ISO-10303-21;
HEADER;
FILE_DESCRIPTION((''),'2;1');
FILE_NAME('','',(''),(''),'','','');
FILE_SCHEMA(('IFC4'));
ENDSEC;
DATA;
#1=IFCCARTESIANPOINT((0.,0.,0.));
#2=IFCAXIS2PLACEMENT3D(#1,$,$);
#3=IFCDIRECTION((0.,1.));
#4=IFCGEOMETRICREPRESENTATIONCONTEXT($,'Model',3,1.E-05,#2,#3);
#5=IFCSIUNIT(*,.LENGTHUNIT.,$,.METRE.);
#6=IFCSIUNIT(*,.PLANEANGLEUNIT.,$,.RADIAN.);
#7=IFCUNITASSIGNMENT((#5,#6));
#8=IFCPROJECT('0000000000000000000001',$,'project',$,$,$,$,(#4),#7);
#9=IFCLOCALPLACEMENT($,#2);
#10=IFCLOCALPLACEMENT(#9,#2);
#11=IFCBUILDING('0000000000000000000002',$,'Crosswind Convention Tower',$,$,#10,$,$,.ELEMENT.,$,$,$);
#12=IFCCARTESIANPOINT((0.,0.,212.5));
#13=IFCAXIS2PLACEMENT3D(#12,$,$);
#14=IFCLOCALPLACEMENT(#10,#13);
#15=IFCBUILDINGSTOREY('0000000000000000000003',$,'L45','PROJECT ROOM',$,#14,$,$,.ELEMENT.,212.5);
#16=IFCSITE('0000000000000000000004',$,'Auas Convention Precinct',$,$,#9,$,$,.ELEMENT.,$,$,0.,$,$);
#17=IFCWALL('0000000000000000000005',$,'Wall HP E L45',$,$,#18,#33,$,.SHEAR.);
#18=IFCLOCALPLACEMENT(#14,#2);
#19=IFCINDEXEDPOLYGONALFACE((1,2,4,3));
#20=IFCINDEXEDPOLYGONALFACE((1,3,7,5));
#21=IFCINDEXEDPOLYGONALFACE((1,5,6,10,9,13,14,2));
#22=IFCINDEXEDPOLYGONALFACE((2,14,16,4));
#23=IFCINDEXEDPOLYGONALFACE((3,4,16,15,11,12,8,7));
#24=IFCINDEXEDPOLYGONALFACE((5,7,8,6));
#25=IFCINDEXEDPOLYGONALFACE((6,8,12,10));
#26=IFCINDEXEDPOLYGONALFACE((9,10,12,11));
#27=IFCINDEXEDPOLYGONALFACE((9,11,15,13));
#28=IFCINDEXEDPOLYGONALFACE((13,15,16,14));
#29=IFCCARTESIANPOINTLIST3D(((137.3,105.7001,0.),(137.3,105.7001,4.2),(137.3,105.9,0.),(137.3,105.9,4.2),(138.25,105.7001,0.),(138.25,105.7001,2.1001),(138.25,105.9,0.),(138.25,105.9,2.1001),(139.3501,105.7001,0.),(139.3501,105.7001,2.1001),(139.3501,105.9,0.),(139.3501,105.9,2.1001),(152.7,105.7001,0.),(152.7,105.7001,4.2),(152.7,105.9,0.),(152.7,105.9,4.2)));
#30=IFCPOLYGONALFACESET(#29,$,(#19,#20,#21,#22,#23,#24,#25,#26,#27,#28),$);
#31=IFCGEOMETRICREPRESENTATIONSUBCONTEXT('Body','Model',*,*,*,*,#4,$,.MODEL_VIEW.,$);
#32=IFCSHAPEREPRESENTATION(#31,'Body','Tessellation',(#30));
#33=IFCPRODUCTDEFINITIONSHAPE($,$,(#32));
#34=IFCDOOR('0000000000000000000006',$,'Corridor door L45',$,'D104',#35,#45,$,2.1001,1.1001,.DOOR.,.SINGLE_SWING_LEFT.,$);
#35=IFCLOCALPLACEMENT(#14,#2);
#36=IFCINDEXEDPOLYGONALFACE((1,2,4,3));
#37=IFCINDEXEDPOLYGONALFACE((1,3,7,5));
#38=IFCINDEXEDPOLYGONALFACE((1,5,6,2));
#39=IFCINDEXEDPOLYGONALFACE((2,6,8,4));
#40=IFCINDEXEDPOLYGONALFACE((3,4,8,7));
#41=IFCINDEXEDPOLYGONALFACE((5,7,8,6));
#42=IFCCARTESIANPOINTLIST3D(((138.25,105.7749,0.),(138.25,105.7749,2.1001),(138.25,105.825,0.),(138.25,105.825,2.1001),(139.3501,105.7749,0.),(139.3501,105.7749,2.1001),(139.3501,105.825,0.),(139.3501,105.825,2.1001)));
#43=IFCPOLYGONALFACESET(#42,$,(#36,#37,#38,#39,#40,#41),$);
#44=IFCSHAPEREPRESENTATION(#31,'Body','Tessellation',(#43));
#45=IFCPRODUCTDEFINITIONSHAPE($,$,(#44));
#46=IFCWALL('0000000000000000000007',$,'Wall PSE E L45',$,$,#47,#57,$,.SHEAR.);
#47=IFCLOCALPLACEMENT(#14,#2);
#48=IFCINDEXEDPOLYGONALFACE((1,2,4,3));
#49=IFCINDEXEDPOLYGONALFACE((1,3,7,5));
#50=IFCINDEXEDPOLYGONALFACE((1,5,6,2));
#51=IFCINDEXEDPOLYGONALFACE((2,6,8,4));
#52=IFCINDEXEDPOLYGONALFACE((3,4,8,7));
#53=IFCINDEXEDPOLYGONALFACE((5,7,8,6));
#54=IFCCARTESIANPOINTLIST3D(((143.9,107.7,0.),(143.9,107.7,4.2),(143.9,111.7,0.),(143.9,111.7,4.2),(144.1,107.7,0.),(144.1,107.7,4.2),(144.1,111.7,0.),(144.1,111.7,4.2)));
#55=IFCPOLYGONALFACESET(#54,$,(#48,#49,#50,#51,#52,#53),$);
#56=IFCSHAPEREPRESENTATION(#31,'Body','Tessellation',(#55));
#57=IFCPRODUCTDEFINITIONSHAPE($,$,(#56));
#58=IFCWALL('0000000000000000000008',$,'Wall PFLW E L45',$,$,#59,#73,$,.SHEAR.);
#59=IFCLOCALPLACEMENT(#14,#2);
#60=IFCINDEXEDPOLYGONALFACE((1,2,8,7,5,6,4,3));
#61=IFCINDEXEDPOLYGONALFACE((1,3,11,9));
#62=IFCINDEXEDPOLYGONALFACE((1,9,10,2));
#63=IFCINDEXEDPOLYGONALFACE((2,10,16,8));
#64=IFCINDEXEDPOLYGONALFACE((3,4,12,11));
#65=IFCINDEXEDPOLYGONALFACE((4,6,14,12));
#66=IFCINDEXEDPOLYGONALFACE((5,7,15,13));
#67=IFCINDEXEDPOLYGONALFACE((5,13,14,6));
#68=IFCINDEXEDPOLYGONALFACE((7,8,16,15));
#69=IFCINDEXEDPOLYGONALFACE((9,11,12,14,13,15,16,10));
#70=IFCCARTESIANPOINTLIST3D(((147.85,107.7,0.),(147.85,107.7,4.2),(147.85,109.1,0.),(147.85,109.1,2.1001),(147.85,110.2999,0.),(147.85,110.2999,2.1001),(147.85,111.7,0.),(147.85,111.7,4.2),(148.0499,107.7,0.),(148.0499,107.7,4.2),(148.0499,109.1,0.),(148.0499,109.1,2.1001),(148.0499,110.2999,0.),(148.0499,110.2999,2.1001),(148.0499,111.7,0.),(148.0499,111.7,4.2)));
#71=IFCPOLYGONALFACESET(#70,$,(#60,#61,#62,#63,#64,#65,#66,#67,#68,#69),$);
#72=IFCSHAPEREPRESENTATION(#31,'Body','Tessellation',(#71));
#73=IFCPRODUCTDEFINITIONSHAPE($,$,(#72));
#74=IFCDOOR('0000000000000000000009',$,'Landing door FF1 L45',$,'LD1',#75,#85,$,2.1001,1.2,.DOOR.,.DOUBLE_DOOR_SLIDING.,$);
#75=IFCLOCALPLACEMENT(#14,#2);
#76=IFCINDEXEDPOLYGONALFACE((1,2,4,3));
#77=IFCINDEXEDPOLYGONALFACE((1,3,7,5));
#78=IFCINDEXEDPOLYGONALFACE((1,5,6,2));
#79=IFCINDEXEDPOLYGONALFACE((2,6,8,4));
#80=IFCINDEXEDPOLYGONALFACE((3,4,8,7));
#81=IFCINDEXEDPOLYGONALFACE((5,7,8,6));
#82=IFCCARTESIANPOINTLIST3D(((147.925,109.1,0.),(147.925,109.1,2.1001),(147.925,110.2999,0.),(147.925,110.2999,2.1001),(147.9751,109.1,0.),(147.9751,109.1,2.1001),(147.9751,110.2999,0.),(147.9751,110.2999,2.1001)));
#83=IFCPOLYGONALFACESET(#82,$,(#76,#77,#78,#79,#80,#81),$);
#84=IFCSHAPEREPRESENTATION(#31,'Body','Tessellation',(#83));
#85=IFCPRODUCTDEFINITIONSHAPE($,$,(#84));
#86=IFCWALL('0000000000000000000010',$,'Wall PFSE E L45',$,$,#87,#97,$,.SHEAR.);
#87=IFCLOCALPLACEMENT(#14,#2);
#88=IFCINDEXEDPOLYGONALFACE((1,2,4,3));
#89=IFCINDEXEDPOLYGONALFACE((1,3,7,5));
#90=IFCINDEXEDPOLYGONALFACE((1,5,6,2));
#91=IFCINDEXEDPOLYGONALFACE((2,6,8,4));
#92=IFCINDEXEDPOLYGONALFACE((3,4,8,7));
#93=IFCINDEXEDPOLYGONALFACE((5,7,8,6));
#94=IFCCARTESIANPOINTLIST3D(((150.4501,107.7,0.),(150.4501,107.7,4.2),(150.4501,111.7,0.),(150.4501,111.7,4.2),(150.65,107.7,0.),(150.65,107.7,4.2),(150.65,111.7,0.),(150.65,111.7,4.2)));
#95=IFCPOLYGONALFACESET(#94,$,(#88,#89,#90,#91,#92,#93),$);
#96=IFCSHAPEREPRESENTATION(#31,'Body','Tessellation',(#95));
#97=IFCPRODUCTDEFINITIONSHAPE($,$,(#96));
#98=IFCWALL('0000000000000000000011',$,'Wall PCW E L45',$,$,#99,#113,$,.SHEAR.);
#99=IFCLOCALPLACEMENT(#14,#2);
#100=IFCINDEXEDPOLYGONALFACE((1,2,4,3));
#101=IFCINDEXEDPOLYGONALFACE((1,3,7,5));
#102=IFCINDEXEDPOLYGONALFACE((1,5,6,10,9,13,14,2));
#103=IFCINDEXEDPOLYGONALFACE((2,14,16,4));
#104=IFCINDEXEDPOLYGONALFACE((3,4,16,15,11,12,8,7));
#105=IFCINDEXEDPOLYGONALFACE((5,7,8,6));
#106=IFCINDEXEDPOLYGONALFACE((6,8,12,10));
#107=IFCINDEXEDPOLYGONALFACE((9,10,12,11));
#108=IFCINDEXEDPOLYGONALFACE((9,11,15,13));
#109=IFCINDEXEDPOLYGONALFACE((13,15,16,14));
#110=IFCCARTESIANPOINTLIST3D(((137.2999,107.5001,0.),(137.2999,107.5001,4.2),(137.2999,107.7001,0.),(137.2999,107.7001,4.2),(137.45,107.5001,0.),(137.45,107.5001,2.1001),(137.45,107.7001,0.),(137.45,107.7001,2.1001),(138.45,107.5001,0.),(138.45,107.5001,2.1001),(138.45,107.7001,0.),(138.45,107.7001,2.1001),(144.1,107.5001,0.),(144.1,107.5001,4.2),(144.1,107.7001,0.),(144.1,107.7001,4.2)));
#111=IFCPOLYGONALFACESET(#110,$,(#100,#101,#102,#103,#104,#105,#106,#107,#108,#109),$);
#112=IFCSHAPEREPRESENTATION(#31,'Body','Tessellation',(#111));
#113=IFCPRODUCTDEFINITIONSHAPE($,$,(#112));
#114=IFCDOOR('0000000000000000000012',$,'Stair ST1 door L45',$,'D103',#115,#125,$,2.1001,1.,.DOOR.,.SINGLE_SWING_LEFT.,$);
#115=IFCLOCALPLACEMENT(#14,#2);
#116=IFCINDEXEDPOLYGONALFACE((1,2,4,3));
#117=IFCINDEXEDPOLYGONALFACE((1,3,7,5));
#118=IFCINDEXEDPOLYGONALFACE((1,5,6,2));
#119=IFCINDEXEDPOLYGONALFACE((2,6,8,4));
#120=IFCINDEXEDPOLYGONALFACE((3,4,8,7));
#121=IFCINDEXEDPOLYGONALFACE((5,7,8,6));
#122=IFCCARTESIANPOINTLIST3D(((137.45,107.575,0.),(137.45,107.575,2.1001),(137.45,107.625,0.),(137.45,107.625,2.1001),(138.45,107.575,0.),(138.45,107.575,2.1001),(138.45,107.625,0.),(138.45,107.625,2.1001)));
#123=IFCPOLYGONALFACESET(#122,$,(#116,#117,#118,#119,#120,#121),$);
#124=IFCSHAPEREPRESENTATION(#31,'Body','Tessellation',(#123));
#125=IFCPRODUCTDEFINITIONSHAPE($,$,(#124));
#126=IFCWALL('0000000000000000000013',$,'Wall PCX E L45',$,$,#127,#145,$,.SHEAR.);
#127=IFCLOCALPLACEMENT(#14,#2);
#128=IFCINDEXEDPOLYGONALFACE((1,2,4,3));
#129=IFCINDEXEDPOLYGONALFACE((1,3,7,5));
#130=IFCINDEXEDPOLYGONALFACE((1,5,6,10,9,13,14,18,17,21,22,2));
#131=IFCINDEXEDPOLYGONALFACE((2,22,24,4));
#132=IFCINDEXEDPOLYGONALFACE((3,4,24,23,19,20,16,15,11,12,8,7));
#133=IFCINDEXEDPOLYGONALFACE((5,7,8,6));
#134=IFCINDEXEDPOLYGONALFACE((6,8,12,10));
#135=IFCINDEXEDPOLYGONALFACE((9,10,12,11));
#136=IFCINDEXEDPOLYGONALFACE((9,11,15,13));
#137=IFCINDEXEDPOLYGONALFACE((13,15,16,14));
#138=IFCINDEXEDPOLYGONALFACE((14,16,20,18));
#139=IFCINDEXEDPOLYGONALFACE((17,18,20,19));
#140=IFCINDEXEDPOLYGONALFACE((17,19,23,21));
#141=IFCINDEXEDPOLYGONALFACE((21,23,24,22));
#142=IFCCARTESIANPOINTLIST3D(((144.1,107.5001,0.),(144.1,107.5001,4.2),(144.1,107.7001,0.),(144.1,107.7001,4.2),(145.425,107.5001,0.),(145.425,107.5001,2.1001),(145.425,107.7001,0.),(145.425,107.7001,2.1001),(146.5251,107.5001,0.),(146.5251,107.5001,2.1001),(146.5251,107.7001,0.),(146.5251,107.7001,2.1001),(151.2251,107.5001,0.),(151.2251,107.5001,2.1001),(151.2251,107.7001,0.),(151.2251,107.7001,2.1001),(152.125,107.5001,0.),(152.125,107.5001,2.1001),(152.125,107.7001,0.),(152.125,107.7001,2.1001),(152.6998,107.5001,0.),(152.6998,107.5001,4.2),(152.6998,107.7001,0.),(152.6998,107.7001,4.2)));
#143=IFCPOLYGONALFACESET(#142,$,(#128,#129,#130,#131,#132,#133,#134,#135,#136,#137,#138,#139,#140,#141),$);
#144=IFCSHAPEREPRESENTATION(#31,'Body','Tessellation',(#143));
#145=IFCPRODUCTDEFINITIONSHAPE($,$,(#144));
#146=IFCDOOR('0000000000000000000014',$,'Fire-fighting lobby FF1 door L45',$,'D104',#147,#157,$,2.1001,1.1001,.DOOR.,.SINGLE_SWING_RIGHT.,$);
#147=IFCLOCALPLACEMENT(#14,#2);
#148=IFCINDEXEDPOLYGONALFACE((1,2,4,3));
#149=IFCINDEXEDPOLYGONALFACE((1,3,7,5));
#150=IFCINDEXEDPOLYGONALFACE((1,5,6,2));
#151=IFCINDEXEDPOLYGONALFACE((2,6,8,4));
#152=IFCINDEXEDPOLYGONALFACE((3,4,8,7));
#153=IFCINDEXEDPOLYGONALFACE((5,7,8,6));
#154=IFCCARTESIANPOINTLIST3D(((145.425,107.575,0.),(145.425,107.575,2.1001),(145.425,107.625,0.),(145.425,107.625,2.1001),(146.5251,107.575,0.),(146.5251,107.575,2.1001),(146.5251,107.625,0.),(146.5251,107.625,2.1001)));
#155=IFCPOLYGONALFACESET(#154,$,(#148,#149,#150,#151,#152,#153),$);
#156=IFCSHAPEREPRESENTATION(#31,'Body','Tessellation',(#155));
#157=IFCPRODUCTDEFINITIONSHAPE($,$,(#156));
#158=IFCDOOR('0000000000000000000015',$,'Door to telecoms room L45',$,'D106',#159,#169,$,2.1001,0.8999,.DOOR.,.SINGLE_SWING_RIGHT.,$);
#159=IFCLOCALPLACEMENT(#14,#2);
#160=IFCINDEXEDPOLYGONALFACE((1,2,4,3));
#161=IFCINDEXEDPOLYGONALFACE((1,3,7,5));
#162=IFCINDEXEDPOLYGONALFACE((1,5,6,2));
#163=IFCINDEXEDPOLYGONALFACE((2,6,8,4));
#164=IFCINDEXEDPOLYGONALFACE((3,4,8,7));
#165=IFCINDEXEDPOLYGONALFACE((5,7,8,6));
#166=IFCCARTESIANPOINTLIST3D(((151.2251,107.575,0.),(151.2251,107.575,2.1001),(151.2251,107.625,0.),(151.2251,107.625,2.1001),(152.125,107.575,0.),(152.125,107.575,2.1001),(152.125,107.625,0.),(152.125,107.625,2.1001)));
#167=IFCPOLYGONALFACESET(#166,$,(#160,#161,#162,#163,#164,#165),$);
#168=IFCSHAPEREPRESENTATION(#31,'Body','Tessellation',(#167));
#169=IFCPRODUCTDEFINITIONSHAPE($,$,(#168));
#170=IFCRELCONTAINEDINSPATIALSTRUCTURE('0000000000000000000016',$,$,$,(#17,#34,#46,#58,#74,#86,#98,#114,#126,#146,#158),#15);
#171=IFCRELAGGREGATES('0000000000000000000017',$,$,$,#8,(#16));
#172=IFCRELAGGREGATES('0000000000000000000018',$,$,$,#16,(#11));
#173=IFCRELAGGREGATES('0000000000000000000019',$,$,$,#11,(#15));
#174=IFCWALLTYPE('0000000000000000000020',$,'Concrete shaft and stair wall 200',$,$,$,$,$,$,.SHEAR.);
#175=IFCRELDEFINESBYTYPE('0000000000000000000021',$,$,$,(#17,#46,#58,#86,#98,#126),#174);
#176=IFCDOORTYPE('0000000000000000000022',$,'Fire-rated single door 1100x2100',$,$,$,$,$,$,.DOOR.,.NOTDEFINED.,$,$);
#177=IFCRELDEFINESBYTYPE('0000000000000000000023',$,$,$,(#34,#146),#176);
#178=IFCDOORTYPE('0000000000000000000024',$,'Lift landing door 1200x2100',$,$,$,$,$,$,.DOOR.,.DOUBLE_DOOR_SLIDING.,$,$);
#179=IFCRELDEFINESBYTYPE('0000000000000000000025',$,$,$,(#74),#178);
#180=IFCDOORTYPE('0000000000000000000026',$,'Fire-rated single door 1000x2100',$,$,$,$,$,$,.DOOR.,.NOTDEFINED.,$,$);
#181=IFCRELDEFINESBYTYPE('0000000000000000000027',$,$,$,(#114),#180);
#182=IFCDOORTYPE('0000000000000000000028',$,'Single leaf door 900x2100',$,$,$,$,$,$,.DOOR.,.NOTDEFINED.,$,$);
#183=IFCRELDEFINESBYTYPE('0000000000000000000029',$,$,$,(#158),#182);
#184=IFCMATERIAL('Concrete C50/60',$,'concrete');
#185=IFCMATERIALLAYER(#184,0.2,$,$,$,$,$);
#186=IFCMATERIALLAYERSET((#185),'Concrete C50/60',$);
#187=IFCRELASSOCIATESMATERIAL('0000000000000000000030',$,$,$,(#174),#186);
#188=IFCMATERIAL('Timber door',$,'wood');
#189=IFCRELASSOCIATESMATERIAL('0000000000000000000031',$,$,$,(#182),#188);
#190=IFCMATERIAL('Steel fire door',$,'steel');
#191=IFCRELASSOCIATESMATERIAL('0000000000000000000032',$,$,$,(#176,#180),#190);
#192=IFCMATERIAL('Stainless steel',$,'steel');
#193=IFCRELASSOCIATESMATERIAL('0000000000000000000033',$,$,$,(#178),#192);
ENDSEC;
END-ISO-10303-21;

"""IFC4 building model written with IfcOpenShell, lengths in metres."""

from ifc_helpers import new_model, si_unit, direction, frame, frame_2d, origin, place, context, subcontext, project, spatial, rectangle, extrude, material, layer, layer_set, type_object, element, fill, save


model = new_model("IFC4")

# Units and contexts
model_context = context("Model", 3, precision=1e-05, world=origin(), true_north=direction((0.0, 1.0)))
body_context = subcontext(model_context, "Body", "Model", "MODEL_VIEW")
ifc_project = project(units=[si_unit("LENGTHUNIT", "METRE"), si_unit("PLANEANGLEUNIT", "RADIAN")], contexts=[model_context])

# Site, building, storey
site_placement = place(None, origin())
site = spatial("IfcSite", under=ifc_project, at=site_placement, Name="Auas Convention Precinct", CompositionType="ELEMENT", RefElevation=0.0)
building_placement = place(site_placement, origin())
building = spatial("IfcBuilding", under=site, at=building_placement, Name="Crosswind Convention Tower", CompositionType="ELEMENT")
storey_placement = place(building_placement, frame((0.0, 0.0, 212.5)))
storey = spatial("IfcBuildingStorey", under=building, at=storey_placement, Name="L45", Description="PROJECT ROOM", CompositionType="ELEMENT", Elevation=212.5)

# Shared definitions
ifc_material_1 = material(Name="Concrete C50/60", Category="concrete")
ifc_layer_1 = layer(ifc_material_1, 0.2)
ifc_layer_set_1 = layer_set([ifc_layer_1], Name="Concrete C50/60")
wall_type_1 = type_object("IfcWallType", Name="Concrete shaft and stair wall 200", PredefinedType="SHEAR", material=ifc_layer_set_1)

# Shared definitions
ifc_material_2 = material(Name="Timber door", Category="wood")
door_type_1 = type_object("IfcDoorType", Name="Single leaf door 900x2100", OperationType="NOTDEFINED", PredefinedType="DOOR", material=ifc_material_2)

# Wall, opening, door
wall_1_placement = place(storey_placement, frame((137.3, 105.8, 0.0), z_axis=(0.0, 0.0, 1.0), x_axis=(1.0, 0.0, 0.0)))
wall_1 = element("IfcWall", 1, at=wall_1_placement, inside=storey, type_object=wall_type_1, Name="Wall HP E L45", PredefinedType="SHEAR", context=body_context, shape_type="SweptSolid", body=[
    extrude(rectangle(XDim=15.3999, YDim=0.2, at=frame_2d((7.7, 0.0))), origin(), (0.0, 0.0, 1.0), 4.2),
])
opening_1_placement = place(wall_1_placement, frame((0.95, 0.0, 0.0)))
opening_1 = element("IfcOpeningElement", 2, at=opening_1_placement, cuts=wall_1, PredefinedType="OPENING", context=body_context, shape_type="SweptSolid", body=[
    extrude(rectangle(XDim=1.1001, YDim=2.1001, at=frame_2d((0.55, 1.05))), frame((0.0, 0.1099, 0.0), z_axis=(0.0, -1.0, 0.0), x_axis=(1.0, 0.0, 0.0)), (0.0, 0.0, 1.0), 0.22),
])
ifc_material_3 = material(Name="Steel fire door", Category="steel")
door_type_2 = type_object("IfcDoorType", Name="Fire-rated single door 1100x2100", OperationType="NOTDEFINED", PredefinedType="DOOR", material=ifc_material_3)
door_1_placement = place(opening_1_placement, origin())
door_1 = element("IfcDoor", 3, at=door_1_placement, inside=storey, type_object=door_type_2, Name="Corridor door L45", ObjectType="D104", OperationType="SINGLE_SWING_LEFT", OverallHeight=2.1001, OverallWidth=1.1001, PredefinedType="DOOR", context=body_context, shape_type="SweptSolid", body=[
    extrude(rectangle(XDim=1.1001, YDim=2.1001, at=frame_2d((0.55, 1.05))), frame((0.0, 0.0249, 0.0), z_axis=(0.0, -1.0, 0.0), x_axis=(1.0, 0.0, 0.0)), (0.0, 0.0, 1.0), 0.05),
])
fill(opening_1, door_1)

# Wall
wall_2_placement = place(storey_placement, frame((144.0, 107.7, 0.0), z_axis=(0.0, 0.0, 1.0), x_axis=(0.0, 1.0, 0.0)))
element("IfcWall", 4, at=wall_2_placement, inside=storey, type_object=wall_type_1, Name="Wall PSE E L45", PredefinedType="SHEAR", context=body_context, shape_type="SweptSolid", body=[
    extrude(rectangle(XDim=4.0, YDim=0.2, at=frame_2d((2.0, 0.0))), origin(), (0.0, 0.0, 1.0), 4.2),
])

# Wall, opening, door
wall_3_placement = place(storey_placement, frame((147.95, 107.7, 0.0), z_axis=(0.0, 0.0, 1.0), x_axis=(0.0, 1.0, 0.0)))
wall_3 = element("IfcWall", 5, at=wall_3_placement, inside=storey, type_object=wall_type_1, Name="Wall PFLW E L45", PredefinedType="SHEAR", context=body_context, shape_type="SweptSolid", body=[
    extrude(rectangle(XDim=4.0, YDim=0.2, at=frame_2d((2.0, 0.0))), origin(), (0.0, 0.0, 1.0), 4.2),
])
opening_2_placement = place(wall_3_placement, frame((1.3999, 0.0, 0.0)))
opening_2 = element("IfcOpeningElement", 6, at=opening_2_placement, cuts=wall_3, PredefinedType="OPENING", context=body_context, shape_type="SweptSolid", body=[
    extrude(rectangle(XDim=1.2, YDim=2.1001, at=frame_2d((0.6001, 1.05))), frame((0.0, 0.1099, 0.0), z_axis=(0.0, -1.0, 0.0), x_axis=(1.0, 0.0, 0.0)), (0.0, 0.0, 1.0), 0.22),
])
ifc_material_4 = material(Name="Stainless steel", Category="steel")
door_type_3 = type_object("IfcDoorType", Name="Lift landing door 1200x2100", OperationType="DOUBLE_DOOR_SLIDING", PredefinedType="DOOR", material=ifc_material_4)
door_2_placement = place(opening_2_placement, origin())
door_2 = element("IfcDoor", 7, at=door_2_placement, inside=storey, type_object=door_type_3, Name="Landing door FF1 L45", ObjectType="LD1", OperationType="DOUBLE_DOOR_SLIDING", OverallHeight=2.1001, OverallWidth=1.2, PredefinedType="DOOR", context=body_context, shape_type="SweptSolid", body=[
    extrude(rectangle(XDim=1.2, YDim=2.1001, at=frame_2d((0.6001, 1.05))), frame((0.0, 0.0249, 0.0), z_axis=(0.0, -1.0, 0.0), x_axis=(1.0, 0.0, 0.0)), (0.0, 0.0, 1.0), 0.05),
])
fill(opening_2, door_2)

# Wall
wall_4_placement = place(storey_placement, frame((150.55, 107.7, 0.0), z_axis=(0.0, 0.0, 1.0), x_axis=(0.0, 1.0, 0.0)))
element("IfcWall", 8, at=wall_4_placement, inside=storey, type_object=wall_type_1, Name="Wall PFSE E L45", PredefinedType="SHEAR", context=body_context, shape_type="SweptSolid", body=[
    extrude(rectangle(XDim=4.0, YDim=0.2, at=frame_2d((2.0, 0.0))), origin(), (0.0, 0.0, 1.0), 4.2),
])

# Wall, opening, door
wall_5_placement = place(storey_placement, frame((137.3, 107.6001, 0.0), z_axis=(0.0, 0.0, 1.0), x_axis=(1.0, 0.0, 0.0)))
wall_5 = element("IfcWall", 9, at=wall_5_placement, inside=storey, type_object=wall_type_1, Name="Wall PCW E L45", PredefinedType="SHEAR", context=body_context, shape_type="SweptSolid", body=[
    extrude(rectangle(XDim=6.8, YDim=0.2, at=frame_2d((3.3999, 0.0))), origin(), (0.0, 0.0, 1.0), 4.2),
])
opening_3_placement = place(wall_5_placement, frame((0.1499, 0.0, 0.0)))
opening_3 = element("IfcOpeningElement", 10, at=opening_3_placement, cuts=wall_5, PredefinedType="OPENING", context=body_context, shape_type="SweptSolid", body=[
    extrude(rectangle(XDim=1.0, YDim=2.1001, at=frame_2d((0.5, 1.05))), frame((0.0, 0.1099, 0.0), z_axis=(0.0, -1.0, 0.0), x_axis=(1.0, 0.0, 0.0)), (0.0, 0.0, 1.0), 0.22),
])
door_type_4 = type_object("IfcDoorType", Name="Fire-rated single door 1000x2100", OperationType="NOTDEFINED", PredefinedType="DOOR", material=ifc_material_3)
door_3_placement = place(opening_3_placement, origin())
door_3 = element("IfcDoor", 11, at=door_3_placement, inside=storey, type_object=door_type_4, Name="Stair ST1 door L45", ObjectType="D103", OperationType="SINGLE_SWING_LEFT", OverallHeight=2.1001, OverallWidth=1.0, PredefinedType="DOOR", context=body_context, shape_type="SweptSolid", body=[
    extrude(rectangle(XDim=1.0, YDim=2.1001, at=frame_2d((0.5, 1.05))), frame((0.0, 0.0249, 0.0), z_axis=(0.0, -1.0, 0.0), x_axis=(1.0, 0.0, 0.0)), (0.0, 0.0, 1.0), 0.05),
])
fill(opening_3, door_3)

# Wall, openings, doors
wall_6_placement = place(storey_placement, frame((144.1001, 107.6001, 0.0), z_axis=(0.0, 0.0, 1.0), x_axis=(1.0, 0.0, 0.0)))
wall_6 = element("IfcWall", 12, at=wall_6_placement, inside=storey, type_object=wall_type_1, Name="Wall PCX E L45", PredefinedType="SHEAR", context=body_context, shape_type="SweptSolid", body=[
    extrude(rectangle(XDim=8.5999, YDim=0.2, at=frame_2d((4.2998, 0.0))), origin(), (0.0, 0.0, 1.0), 4.2),
])
opening_4_placement = place(wall_6_placement, frame((1.325, 0.0, 0.0)))
opening_4 = element("IfcOpeningElement", 13, at=opening_4_placement, cuts=wall_6, PredefinedType="OPENING", context=body_context, shape_type="SweptSolid", body=[
    extrude(rectangle(XDim=1.1001, YDim=2.1001, at=frame_2d((0.55, 1.05))), frame((0.0, 0.1099, 0.0), z_axis=(0.0, -1.0, 0.0), x_axis=(1.0, 0.0, 0.0)), (0.0, 0.0, 1.0), 0.22),
])
opening_5_placement = place(wall_6_placement, frame((7.125, 0.0, 0.0)))
opening_5 = element("IfcOpeningElement", 14, at=opening_5_placement, cuts=wall_6, PredefinedType="OPENING", context=body_context, shape_type="SweptSolid", body=[
    extrude(rectangle(XDim=0.8999, YDim=2.1001, at=frame_2d((0.45, 1.05))), frame((0.0, 0.1099, 0.0), z_axis=(0.0, -1.0, 0.0), x_axis=(1.0, 0.0, 0.0)), (0.0, 0.0, 1.0), 0.22),
])
door_4_placement = place(opening_4_placement, origin())
door_4 = element("IfcDoor", 15, at=door_4_placement, inside=storey, type_object=door_type_2, Name="Fire-fighting lobby FF1 door L45", ObjectType="D104", OperationType="SINGLE_SWING_RIGHT", OverallHeight=2.1001, OverallWidth=1.1001, PredefinedType="DOOR", context=body_context, shape_type="SweptSolid", body=[
    extrude(rectangle(XDim=1.1001, YDim=2.1001, at=frame_2d((0.55, 1.05))), frame((0.0, 0.0249, 0.0), z_axis=(0.0, -1.0, 0.0), x_axis=(1.0, 0.0, 0.0)), (0.0, 0.0, 1.0), 0.05),
])
fill(opening_4, door_4)
door_5_placement = place(opening_5_placement, origin())
door_5 = element("IfcDoor", 16, at=door_5_placement, inside=storey, type_object=door_type_1, Name="Door to telecoms room L45", ObjectType="D106", OperationType="SINGLE_SWING_RIGHT", OverallHeight=2.1001, OverallWidth=0.8999, PredefinedType="DOOR", context=body_context, shape_type="SweptSolid", body=[
    extrude(rectangle(XDim=0.8999, YDim=2.1001, at=frame_2d((0.45, 1.05))), frame((0.0, 0.0249, 0.0), z_axis=(0.0, -1.0, 0.0), x_axis=(1.0, 0.0, 0.0)), (0.0, 0.0, 1.0), 0.05),
])
fill(opening_5, door_5)

save(model, "model.ifc")
